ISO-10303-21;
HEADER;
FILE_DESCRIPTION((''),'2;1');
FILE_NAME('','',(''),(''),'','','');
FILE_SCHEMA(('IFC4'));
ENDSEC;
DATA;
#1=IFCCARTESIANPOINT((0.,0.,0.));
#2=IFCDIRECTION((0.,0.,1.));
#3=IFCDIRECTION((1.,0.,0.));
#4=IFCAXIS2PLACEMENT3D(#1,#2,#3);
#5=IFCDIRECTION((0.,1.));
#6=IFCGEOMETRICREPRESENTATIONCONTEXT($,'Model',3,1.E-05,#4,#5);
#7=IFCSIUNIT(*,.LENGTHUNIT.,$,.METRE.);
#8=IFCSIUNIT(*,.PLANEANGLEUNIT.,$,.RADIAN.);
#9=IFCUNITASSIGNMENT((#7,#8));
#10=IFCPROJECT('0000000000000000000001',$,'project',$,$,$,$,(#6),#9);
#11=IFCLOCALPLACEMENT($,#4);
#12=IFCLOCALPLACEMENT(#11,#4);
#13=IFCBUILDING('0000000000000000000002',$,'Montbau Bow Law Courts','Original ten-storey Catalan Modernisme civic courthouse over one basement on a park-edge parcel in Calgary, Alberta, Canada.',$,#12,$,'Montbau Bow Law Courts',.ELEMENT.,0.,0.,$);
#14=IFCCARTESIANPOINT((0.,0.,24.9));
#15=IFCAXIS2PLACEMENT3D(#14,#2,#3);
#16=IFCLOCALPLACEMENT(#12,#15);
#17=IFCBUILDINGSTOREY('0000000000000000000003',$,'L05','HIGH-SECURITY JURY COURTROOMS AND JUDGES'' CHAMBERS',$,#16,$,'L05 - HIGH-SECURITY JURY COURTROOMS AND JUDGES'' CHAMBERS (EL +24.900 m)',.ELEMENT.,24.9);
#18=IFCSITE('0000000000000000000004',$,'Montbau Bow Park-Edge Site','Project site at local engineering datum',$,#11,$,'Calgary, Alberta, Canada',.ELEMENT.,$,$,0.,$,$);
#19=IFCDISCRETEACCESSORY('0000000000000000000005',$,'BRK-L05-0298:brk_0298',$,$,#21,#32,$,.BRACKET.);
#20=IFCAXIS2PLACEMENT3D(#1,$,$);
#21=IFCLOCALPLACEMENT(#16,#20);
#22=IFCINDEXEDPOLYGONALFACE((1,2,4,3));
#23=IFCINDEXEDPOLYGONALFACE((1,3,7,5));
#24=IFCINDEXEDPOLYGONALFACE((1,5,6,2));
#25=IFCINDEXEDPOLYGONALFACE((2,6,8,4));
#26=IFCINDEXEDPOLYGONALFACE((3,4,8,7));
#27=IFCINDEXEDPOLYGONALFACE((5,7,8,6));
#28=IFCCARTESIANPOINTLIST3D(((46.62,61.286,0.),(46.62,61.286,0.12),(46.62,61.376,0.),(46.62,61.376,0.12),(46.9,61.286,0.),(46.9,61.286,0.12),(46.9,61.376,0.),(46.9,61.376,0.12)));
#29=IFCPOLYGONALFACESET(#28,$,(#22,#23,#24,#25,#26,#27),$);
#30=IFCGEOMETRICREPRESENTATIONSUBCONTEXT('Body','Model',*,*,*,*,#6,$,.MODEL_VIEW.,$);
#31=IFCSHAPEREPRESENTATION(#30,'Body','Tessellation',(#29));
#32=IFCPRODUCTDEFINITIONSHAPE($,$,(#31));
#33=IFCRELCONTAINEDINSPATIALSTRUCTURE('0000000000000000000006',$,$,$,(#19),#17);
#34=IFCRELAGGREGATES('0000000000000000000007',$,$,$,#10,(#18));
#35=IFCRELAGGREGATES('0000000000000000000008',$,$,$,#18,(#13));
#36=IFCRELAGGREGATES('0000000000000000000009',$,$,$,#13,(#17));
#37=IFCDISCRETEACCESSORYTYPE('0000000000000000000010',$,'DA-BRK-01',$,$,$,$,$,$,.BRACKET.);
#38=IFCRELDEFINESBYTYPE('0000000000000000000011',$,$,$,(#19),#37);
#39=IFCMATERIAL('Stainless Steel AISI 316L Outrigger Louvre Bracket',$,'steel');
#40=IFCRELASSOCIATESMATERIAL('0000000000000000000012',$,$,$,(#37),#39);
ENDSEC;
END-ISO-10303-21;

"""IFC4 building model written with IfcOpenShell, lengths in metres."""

from ifc_helpers import new_model, si_unit, direction, frame, origin_with_axes, origin_2d_with_axis, place, context, subcontext, project, spatial, rectangle, extrude, material, type_object, element, save


model = new_model("IFC4")

# Units and contexts
model_context = context("Model", 3, precision=1e-05, world=origin_with_axes(), true_north=direction((0.0, 1.0)))
body_context = subcontext(model_context, "Body", "Model", "MODEL_VIEW")
ifc_project = project(units=[si_unit("LENGTHUNIT", "METRE"), si_unit("PLANEANGLEUNIT", "RADIAN")], contexts=[model_context])

# Site, building, storey
site_placement = place(None, origin_with_axes())
site = spatial("IfcSite", under=ifc_project, at=site_placement, Name="Montbau Bow Park-Edge Site", Description="Project site at local engineering datum", LongName="Calgary, Alberta, Canada", CompositionType="ELEMENT", RefElevation=0.0)
building_placement = place(site_placement, origin_with_axes())
building = spatial("IfcBuilding", under=site, at=building_placement, Name="Montbau Bow Law Courts", Description="Original ten-storey Catalan Modernisme civic courthouse over one basement on a park-edge parcel in Calgary, Alberta, Canada.", LongName="Montbau Bow Law Courts", CompositionType="ELEMENT", ElevationOfRefHeight=0.0, ElevationOfTerrain=0.0)
storey_placement = place(building_placement, frame((0.0, 0.0, 24.9), z_axis=(0.0, 0.0, 1.0), x_axis=(1.0, 0.0, 0.0)))
storey = spatial("IfcBuildingStorey", under=building, at=storey_placement, Name="L05", Description="HIGH-SECURITY JURY COURTROOMS AND JUDGES' CHAMBERS", LongName="L05 - HIGH-SECURITY JURY COURTROOMS AND JUDGES' CHAMBERS (EL +24.900 m)", CompositionType="ELEMENT", Elevation=24.9)

# Discrete accessory
ifc_material_1 = material(Name="Stainless Steel AISI 316L Outrigger Louvre Bracket", Category="steel")
discrete_accessory_type = type_object("IfcDiscreteAccessoryType", Name="DA-BRK-01", PredefinedType="BRACKET", material=ifc_material_1)
for number, where, z_axis, x_axis, name in (
    (1, (46.76, 61.331, 24.9), (0.0, 0.0, 1.0), (1.0, 0.0, 0.0), "BRK-L05-0298:brk_0298"),
):
    element("IfcDiscreteAccessory", number, at=place(None, frame(where, z_axis=z_axis, x_axis=x_axis)), inside=storey, type_object=discrete_accessory_type, Name=name, PredefinedType="BRACKET", context=body_context, shape_type="SweptSolid", body=[
        extrude(rectangle(XDim=0.28, YDim=0.09, at=origin_2d_with_axis()), origin_with_axes(), (0.0, 0.0, 1.0), 0.12),
    ])

save(model, "model.ifc")
